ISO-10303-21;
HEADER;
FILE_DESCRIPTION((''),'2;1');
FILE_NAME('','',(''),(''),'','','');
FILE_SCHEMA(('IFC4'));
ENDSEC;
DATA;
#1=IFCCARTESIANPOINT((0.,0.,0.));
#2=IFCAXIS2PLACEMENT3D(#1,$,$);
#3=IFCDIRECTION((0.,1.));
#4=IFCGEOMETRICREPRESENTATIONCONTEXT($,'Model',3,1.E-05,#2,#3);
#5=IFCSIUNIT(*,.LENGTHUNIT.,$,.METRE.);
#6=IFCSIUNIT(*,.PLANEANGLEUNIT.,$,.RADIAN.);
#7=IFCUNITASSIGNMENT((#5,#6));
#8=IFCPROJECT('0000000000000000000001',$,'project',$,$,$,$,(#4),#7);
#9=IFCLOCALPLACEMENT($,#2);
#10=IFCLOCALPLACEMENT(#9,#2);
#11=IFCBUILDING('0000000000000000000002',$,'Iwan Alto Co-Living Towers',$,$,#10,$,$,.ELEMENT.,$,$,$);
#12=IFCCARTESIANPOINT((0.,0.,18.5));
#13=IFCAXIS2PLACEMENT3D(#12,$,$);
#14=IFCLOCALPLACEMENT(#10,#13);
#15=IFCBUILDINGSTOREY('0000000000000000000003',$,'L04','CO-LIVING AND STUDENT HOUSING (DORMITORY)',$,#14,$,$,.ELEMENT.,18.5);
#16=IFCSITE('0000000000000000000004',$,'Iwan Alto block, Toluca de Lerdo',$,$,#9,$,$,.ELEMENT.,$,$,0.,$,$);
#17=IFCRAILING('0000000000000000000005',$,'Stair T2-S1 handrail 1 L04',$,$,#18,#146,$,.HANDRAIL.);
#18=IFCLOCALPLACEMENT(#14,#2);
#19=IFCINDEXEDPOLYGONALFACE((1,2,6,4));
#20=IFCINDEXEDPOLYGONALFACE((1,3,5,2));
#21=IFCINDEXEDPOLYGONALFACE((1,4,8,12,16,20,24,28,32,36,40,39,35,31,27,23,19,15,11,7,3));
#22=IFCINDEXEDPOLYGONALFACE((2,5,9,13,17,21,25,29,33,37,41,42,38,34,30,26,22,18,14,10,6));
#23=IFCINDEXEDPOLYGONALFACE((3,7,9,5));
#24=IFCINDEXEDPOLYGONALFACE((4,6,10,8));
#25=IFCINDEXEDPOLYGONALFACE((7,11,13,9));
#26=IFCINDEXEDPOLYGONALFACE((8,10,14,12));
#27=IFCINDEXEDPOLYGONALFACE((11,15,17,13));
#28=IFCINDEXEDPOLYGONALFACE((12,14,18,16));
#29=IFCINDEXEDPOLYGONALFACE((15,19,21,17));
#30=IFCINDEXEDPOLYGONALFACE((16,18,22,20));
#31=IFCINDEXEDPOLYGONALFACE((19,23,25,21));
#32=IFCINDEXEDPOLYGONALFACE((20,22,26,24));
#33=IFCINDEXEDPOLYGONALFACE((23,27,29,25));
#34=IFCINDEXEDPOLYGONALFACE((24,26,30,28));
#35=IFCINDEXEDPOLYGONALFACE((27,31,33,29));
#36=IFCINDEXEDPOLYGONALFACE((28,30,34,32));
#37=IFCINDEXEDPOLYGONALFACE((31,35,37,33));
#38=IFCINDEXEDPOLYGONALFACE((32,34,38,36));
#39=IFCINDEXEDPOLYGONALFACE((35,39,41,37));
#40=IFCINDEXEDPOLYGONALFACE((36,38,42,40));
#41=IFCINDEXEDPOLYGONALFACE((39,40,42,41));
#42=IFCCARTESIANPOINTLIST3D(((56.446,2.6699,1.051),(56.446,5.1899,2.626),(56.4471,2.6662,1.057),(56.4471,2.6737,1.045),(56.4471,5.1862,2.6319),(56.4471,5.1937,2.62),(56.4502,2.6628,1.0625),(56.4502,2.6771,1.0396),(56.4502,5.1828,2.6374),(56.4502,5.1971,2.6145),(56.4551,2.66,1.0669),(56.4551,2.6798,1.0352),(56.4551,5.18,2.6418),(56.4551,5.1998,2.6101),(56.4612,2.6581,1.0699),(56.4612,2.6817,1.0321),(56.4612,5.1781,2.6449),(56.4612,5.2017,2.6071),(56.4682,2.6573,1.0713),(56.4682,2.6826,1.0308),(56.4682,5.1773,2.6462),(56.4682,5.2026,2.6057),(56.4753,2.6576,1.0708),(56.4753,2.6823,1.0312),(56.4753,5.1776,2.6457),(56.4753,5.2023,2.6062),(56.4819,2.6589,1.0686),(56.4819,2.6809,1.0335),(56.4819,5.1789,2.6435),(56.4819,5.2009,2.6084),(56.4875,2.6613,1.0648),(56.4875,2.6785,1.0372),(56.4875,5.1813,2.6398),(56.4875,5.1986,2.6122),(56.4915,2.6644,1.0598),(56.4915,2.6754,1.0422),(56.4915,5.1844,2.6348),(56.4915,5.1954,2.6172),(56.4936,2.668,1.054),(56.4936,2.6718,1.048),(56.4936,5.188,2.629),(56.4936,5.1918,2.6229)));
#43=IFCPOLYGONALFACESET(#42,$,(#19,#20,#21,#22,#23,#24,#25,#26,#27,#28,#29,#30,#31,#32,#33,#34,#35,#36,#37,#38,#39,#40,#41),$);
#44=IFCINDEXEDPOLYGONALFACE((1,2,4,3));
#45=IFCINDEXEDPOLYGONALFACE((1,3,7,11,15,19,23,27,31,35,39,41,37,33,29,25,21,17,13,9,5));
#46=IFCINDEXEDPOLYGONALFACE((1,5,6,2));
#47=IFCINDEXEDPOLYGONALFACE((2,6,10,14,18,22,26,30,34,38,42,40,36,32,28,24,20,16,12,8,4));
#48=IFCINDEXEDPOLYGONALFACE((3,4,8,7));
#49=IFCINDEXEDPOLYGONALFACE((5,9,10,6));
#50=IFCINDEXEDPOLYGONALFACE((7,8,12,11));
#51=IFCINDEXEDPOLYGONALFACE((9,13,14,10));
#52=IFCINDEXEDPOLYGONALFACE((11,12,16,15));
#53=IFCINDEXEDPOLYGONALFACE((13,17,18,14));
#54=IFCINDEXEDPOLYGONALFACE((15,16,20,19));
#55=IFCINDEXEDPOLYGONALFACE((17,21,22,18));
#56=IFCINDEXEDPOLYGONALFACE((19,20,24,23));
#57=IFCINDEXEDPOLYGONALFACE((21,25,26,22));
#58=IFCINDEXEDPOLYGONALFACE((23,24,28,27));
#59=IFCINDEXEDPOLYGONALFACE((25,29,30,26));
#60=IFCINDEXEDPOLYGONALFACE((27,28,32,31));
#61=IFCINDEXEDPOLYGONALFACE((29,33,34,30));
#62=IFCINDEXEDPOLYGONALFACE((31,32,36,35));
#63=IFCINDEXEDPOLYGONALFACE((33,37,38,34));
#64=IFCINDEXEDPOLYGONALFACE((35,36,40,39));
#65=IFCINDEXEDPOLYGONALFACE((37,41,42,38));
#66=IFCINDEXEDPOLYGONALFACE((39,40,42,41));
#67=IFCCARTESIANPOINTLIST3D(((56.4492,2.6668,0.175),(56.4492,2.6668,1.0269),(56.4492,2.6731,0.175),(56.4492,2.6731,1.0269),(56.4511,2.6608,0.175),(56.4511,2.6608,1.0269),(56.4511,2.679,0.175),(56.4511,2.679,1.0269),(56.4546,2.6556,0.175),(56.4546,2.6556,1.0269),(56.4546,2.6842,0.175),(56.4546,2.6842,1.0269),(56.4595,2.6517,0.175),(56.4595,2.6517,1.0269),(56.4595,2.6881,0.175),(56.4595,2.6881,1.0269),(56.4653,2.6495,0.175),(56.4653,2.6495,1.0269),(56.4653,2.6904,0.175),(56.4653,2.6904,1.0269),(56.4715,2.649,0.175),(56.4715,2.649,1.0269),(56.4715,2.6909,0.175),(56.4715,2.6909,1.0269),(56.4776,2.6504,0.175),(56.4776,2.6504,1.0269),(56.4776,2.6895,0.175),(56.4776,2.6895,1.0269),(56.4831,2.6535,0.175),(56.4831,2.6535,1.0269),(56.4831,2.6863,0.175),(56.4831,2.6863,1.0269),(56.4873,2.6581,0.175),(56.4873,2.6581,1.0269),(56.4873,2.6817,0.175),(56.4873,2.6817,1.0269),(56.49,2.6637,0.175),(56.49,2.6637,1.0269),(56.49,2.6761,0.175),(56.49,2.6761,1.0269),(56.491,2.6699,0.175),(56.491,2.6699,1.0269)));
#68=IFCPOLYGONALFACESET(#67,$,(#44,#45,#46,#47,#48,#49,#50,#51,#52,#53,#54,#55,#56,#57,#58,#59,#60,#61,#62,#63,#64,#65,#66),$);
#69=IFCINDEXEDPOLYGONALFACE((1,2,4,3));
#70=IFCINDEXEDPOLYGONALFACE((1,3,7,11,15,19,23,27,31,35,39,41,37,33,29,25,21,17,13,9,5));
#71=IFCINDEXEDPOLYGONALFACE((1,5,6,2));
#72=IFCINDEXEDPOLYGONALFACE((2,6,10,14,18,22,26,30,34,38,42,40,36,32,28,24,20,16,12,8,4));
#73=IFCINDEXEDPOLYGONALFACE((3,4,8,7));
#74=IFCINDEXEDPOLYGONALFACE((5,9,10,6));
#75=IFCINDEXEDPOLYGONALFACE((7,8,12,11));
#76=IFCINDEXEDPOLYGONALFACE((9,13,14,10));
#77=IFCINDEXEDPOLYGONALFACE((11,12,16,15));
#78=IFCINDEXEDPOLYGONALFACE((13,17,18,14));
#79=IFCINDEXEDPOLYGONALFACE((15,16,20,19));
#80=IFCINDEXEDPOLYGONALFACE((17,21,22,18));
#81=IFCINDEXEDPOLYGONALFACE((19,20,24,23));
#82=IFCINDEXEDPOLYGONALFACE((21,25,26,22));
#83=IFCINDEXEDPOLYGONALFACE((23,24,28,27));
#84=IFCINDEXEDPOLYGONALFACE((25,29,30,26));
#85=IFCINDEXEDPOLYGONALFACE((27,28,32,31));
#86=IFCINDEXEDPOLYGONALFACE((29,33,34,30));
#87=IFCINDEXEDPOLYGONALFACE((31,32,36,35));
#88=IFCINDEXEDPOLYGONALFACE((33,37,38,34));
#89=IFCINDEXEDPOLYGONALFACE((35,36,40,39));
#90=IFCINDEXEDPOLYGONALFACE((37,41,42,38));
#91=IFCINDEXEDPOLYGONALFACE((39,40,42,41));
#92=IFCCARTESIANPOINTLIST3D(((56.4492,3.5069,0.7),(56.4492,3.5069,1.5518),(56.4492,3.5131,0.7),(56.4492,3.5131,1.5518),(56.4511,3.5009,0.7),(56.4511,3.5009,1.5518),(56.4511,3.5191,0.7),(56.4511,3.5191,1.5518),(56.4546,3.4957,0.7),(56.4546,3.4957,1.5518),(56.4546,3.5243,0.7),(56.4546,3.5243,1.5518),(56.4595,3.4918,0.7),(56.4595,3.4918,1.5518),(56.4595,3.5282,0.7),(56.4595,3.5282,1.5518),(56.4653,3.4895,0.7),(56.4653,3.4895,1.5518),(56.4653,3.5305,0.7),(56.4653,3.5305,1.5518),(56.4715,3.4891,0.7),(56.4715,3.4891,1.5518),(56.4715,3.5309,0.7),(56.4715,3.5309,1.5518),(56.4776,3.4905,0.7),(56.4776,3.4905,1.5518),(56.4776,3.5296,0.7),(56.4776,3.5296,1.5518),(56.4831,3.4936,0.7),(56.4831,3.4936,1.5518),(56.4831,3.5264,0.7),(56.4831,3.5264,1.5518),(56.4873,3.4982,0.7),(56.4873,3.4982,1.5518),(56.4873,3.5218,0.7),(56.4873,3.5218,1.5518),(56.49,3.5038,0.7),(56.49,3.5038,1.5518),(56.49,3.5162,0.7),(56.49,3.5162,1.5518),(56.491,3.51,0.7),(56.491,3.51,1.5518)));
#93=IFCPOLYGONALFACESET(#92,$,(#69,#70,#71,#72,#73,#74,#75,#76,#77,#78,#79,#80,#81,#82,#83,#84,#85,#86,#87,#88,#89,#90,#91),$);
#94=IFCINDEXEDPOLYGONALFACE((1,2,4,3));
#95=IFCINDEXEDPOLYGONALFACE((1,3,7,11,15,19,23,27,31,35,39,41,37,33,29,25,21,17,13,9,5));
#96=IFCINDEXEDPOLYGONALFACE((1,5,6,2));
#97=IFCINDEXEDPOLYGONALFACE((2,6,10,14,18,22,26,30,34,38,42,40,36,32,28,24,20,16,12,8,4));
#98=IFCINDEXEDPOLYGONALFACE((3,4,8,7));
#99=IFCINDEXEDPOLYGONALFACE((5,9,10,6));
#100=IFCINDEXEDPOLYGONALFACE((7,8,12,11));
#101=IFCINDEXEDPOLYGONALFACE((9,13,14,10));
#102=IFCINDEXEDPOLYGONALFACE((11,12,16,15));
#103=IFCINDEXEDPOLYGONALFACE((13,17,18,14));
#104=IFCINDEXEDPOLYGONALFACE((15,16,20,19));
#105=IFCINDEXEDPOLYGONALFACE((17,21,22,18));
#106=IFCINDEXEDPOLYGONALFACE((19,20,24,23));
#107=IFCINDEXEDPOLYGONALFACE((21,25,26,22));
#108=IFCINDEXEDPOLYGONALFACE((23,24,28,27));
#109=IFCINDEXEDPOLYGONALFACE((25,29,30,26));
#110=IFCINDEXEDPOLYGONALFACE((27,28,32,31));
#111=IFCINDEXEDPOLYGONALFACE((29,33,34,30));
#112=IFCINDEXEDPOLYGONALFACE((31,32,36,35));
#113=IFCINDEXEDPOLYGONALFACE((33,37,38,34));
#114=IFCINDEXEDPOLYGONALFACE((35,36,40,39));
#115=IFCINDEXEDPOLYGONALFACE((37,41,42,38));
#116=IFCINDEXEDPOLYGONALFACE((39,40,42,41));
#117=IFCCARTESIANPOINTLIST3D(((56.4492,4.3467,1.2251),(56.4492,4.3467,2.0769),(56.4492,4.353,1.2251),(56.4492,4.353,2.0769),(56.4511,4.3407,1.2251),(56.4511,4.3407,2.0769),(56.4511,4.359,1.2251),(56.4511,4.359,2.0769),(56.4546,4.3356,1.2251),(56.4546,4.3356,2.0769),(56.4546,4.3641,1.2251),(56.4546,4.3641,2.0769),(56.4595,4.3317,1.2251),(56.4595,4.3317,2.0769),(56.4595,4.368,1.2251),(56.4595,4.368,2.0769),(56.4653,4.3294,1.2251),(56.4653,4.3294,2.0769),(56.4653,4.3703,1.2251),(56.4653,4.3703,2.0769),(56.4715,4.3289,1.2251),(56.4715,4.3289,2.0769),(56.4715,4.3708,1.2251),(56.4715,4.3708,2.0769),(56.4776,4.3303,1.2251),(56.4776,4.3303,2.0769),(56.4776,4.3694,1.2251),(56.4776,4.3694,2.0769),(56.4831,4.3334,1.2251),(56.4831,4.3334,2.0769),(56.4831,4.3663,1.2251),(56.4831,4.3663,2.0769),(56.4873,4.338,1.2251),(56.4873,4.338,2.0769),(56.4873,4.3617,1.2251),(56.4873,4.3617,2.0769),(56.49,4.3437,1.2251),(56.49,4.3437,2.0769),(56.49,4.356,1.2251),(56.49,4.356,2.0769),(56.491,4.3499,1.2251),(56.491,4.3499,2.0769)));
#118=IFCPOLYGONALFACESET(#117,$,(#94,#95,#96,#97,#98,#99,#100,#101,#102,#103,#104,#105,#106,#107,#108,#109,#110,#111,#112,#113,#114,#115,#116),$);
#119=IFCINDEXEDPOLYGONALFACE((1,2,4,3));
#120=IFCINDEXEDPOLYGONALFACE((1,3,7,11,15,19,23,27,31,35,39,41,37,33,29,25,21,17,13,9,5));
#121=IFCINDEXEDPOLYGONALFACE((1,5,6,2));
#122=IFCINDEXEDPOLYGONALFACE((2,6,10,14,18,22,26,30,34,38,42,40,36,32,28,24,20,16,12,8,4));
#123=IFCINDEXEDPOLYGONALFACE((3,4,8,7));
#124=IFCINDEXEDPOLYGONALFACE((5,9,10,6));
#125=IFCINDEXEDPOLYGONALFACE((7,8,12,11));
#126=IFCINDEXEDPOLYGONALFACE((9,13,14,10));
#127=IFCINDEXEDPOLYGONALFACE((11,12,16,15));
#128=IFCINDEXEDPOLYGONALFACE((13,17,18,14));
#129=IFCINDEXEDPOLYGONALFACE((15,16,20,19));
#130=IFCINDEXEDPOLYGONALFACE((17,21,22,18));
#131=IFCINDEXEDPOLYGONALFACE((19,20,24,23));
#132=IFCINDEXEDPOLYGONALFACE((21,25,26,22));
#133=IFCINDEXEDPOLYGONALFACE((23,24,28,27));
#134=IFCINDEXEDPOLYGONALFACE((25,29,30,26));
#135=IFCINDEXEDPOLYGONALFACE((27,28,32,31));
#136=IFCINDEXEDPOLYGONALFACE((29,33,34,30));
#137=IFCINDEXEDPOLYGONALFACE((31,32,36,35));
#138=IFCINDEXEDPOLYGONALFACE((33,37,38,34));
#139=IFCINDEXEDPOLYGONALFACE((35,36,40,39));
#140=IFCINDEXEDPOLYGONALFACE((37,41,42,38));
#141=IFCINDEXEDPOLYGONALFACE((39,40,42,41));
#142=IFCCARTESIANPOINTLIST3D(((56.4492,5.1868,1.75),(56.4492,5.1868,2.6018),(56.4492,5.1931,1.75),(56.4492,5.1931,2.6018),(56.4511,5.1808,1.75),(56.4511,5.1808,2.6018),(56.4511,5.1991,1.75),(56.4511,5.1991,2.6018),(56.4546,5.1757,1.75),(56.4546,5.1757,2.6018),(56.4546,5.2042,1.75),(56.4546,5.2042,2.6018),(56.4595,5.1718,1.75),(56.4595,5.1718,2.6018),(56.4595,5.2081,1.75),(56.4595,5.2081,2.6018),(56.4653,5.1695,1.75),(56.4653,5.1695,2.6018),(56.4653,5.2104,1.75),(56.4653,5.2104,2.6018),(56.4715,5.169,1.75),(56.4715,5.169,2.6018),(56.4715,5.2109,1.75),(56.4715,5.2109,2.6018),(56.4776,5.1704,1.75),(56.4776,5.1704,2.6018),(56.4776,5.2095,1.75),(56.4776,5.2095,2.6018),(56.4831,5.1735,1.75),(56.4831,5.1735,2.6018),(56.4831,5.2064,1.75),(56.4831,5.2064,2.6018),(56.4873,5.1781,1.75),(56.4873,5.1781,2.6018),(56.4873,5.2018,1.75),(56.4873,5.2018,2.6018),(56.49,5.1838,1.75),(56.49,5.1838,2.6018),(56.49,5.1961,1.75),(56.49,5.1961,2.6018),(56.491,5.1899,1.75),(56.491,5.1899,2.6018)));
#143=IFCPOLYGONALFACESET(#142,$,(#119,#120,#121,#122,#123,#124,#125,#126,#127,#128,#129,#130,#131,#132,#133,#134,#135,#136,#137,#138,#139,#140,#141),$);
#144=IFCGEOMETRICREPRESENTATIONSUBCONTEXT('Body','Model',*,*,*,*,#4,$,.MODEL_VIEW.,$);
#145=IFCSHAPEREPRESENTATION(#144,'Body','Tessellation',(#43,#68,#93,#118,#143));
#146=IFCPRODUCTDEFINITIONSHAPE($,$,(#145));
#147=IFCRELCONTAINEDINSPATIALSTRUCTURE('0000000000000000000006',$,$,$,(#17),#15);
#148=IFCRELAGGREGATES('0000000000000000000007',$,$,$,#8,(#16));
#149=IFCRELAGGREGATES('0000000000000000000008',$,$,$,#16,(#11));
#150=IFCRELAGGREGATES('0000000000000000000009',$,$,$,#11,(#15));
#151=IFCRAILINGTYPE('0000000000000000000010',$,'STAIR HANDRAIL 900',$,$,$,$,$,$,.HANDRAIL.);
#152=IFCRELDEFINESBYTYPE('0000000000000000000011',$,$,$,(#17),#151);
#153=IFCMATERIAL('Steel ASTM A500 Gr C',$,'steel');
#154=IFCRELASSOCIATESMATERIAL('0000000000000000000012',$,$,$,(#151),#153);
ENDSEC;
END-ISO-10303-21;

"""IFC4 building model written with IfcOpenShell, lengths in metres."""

from ifc_helpers import new_model, si_unit, direction, frame, origin, origin_2d, place, context, subcontext, project, spatial, circle, extrude, material, type_object, element, save


model = new_model("IFC4")

# Units and contexts
model_context = context("Model", 3, precision=1e-05, world=origin(), true_north=direction((0.0, 1.0)))
body_context = subcontext(model_context, "Body", "Model", "MODEL_VIEW")
ifc_project = project(units=[si_unit("LENGTHUNIT", "METRE"), si_unit("PLANEANGLEUNIT", "RADIAN")], contexts=[model_context])

# Site, building, storey
site_placement = place(None, origin())
site = spatial("IfcSite", under=ifc_project, at=site_placement, Name="Iwan Alto block, Toluca de Lerdo", CompositionType="ELEMENT", RefElevation=0.0)
building_placement = place(site_placement, origin())
building = spatial("IfcBuilding", under=site, at=building_placement, Name="Iwan Alto Co-Living Towers", CompositionType="ELEMENT")
storey_placement = place(building_placement, frame((0.0, 0.0, 18.5)))
storey = spatial("IfcBuildingStorey", under=building, at=storey_placement, Name="L04", Description="CO-LIVING AND STUDENT HOUSING (DORMITORY)", CompositionType="ELEMENT", Elevation=18.5)

# Railing
ifc_material_1 = material(Name="Steel ASTM A500 Gr C", Category="steel")
railing_type_1 = type_object("IfcRailingType", Name="STAIR HANDRAIL 900", PredefinedType="HANDRAIL", material=ifc_material_1)
railing_1_placement = place(storey_placement, frame((56.47, 2.6699, 0.175)))
element("IfcRailing", 1, at=railing_1_placement, inside=storey, type_object=railing_type_1, Name="Stair T2-S1 handrail 1 L04", PredefinedType="HANDRAIL", context=body_context, shape_type="SweptSolid", body=[
    extrude(circle(Radius=0.0239, at=origin_2d()), frame((0.0, 0.0, 0.876), z_axis=(0.0, 0.848008, 0.529984), x_axis=(-1.0, 0.0, 0.0)), (0.0, 0.0, 1.0), 2.9717),
    extrude(circle(Radius=0.021, at=origin_2d()), origin(), (0.0, 0.0, 1.0), 0.8518),
    extrude(circle(Radius=0.021, at=origin_2d()), frame((0.0, 0.8401, 0.5249)), (0.0, 0.0, 1.0), 0.8518),
    extrude(circle(Radius=0.021, at=origin_2d()), frame((0.0, 1.6799, 1.05)), (0.0, 0.0, 1.0), 0.8518),
    extrude(circle(Radius=0.021, at=origin_2d()), frame((0.0, 2.52, 1.575)), (0.0, 0.0, 1.0), 0.8518),
])

save(model, "model.ifc")
